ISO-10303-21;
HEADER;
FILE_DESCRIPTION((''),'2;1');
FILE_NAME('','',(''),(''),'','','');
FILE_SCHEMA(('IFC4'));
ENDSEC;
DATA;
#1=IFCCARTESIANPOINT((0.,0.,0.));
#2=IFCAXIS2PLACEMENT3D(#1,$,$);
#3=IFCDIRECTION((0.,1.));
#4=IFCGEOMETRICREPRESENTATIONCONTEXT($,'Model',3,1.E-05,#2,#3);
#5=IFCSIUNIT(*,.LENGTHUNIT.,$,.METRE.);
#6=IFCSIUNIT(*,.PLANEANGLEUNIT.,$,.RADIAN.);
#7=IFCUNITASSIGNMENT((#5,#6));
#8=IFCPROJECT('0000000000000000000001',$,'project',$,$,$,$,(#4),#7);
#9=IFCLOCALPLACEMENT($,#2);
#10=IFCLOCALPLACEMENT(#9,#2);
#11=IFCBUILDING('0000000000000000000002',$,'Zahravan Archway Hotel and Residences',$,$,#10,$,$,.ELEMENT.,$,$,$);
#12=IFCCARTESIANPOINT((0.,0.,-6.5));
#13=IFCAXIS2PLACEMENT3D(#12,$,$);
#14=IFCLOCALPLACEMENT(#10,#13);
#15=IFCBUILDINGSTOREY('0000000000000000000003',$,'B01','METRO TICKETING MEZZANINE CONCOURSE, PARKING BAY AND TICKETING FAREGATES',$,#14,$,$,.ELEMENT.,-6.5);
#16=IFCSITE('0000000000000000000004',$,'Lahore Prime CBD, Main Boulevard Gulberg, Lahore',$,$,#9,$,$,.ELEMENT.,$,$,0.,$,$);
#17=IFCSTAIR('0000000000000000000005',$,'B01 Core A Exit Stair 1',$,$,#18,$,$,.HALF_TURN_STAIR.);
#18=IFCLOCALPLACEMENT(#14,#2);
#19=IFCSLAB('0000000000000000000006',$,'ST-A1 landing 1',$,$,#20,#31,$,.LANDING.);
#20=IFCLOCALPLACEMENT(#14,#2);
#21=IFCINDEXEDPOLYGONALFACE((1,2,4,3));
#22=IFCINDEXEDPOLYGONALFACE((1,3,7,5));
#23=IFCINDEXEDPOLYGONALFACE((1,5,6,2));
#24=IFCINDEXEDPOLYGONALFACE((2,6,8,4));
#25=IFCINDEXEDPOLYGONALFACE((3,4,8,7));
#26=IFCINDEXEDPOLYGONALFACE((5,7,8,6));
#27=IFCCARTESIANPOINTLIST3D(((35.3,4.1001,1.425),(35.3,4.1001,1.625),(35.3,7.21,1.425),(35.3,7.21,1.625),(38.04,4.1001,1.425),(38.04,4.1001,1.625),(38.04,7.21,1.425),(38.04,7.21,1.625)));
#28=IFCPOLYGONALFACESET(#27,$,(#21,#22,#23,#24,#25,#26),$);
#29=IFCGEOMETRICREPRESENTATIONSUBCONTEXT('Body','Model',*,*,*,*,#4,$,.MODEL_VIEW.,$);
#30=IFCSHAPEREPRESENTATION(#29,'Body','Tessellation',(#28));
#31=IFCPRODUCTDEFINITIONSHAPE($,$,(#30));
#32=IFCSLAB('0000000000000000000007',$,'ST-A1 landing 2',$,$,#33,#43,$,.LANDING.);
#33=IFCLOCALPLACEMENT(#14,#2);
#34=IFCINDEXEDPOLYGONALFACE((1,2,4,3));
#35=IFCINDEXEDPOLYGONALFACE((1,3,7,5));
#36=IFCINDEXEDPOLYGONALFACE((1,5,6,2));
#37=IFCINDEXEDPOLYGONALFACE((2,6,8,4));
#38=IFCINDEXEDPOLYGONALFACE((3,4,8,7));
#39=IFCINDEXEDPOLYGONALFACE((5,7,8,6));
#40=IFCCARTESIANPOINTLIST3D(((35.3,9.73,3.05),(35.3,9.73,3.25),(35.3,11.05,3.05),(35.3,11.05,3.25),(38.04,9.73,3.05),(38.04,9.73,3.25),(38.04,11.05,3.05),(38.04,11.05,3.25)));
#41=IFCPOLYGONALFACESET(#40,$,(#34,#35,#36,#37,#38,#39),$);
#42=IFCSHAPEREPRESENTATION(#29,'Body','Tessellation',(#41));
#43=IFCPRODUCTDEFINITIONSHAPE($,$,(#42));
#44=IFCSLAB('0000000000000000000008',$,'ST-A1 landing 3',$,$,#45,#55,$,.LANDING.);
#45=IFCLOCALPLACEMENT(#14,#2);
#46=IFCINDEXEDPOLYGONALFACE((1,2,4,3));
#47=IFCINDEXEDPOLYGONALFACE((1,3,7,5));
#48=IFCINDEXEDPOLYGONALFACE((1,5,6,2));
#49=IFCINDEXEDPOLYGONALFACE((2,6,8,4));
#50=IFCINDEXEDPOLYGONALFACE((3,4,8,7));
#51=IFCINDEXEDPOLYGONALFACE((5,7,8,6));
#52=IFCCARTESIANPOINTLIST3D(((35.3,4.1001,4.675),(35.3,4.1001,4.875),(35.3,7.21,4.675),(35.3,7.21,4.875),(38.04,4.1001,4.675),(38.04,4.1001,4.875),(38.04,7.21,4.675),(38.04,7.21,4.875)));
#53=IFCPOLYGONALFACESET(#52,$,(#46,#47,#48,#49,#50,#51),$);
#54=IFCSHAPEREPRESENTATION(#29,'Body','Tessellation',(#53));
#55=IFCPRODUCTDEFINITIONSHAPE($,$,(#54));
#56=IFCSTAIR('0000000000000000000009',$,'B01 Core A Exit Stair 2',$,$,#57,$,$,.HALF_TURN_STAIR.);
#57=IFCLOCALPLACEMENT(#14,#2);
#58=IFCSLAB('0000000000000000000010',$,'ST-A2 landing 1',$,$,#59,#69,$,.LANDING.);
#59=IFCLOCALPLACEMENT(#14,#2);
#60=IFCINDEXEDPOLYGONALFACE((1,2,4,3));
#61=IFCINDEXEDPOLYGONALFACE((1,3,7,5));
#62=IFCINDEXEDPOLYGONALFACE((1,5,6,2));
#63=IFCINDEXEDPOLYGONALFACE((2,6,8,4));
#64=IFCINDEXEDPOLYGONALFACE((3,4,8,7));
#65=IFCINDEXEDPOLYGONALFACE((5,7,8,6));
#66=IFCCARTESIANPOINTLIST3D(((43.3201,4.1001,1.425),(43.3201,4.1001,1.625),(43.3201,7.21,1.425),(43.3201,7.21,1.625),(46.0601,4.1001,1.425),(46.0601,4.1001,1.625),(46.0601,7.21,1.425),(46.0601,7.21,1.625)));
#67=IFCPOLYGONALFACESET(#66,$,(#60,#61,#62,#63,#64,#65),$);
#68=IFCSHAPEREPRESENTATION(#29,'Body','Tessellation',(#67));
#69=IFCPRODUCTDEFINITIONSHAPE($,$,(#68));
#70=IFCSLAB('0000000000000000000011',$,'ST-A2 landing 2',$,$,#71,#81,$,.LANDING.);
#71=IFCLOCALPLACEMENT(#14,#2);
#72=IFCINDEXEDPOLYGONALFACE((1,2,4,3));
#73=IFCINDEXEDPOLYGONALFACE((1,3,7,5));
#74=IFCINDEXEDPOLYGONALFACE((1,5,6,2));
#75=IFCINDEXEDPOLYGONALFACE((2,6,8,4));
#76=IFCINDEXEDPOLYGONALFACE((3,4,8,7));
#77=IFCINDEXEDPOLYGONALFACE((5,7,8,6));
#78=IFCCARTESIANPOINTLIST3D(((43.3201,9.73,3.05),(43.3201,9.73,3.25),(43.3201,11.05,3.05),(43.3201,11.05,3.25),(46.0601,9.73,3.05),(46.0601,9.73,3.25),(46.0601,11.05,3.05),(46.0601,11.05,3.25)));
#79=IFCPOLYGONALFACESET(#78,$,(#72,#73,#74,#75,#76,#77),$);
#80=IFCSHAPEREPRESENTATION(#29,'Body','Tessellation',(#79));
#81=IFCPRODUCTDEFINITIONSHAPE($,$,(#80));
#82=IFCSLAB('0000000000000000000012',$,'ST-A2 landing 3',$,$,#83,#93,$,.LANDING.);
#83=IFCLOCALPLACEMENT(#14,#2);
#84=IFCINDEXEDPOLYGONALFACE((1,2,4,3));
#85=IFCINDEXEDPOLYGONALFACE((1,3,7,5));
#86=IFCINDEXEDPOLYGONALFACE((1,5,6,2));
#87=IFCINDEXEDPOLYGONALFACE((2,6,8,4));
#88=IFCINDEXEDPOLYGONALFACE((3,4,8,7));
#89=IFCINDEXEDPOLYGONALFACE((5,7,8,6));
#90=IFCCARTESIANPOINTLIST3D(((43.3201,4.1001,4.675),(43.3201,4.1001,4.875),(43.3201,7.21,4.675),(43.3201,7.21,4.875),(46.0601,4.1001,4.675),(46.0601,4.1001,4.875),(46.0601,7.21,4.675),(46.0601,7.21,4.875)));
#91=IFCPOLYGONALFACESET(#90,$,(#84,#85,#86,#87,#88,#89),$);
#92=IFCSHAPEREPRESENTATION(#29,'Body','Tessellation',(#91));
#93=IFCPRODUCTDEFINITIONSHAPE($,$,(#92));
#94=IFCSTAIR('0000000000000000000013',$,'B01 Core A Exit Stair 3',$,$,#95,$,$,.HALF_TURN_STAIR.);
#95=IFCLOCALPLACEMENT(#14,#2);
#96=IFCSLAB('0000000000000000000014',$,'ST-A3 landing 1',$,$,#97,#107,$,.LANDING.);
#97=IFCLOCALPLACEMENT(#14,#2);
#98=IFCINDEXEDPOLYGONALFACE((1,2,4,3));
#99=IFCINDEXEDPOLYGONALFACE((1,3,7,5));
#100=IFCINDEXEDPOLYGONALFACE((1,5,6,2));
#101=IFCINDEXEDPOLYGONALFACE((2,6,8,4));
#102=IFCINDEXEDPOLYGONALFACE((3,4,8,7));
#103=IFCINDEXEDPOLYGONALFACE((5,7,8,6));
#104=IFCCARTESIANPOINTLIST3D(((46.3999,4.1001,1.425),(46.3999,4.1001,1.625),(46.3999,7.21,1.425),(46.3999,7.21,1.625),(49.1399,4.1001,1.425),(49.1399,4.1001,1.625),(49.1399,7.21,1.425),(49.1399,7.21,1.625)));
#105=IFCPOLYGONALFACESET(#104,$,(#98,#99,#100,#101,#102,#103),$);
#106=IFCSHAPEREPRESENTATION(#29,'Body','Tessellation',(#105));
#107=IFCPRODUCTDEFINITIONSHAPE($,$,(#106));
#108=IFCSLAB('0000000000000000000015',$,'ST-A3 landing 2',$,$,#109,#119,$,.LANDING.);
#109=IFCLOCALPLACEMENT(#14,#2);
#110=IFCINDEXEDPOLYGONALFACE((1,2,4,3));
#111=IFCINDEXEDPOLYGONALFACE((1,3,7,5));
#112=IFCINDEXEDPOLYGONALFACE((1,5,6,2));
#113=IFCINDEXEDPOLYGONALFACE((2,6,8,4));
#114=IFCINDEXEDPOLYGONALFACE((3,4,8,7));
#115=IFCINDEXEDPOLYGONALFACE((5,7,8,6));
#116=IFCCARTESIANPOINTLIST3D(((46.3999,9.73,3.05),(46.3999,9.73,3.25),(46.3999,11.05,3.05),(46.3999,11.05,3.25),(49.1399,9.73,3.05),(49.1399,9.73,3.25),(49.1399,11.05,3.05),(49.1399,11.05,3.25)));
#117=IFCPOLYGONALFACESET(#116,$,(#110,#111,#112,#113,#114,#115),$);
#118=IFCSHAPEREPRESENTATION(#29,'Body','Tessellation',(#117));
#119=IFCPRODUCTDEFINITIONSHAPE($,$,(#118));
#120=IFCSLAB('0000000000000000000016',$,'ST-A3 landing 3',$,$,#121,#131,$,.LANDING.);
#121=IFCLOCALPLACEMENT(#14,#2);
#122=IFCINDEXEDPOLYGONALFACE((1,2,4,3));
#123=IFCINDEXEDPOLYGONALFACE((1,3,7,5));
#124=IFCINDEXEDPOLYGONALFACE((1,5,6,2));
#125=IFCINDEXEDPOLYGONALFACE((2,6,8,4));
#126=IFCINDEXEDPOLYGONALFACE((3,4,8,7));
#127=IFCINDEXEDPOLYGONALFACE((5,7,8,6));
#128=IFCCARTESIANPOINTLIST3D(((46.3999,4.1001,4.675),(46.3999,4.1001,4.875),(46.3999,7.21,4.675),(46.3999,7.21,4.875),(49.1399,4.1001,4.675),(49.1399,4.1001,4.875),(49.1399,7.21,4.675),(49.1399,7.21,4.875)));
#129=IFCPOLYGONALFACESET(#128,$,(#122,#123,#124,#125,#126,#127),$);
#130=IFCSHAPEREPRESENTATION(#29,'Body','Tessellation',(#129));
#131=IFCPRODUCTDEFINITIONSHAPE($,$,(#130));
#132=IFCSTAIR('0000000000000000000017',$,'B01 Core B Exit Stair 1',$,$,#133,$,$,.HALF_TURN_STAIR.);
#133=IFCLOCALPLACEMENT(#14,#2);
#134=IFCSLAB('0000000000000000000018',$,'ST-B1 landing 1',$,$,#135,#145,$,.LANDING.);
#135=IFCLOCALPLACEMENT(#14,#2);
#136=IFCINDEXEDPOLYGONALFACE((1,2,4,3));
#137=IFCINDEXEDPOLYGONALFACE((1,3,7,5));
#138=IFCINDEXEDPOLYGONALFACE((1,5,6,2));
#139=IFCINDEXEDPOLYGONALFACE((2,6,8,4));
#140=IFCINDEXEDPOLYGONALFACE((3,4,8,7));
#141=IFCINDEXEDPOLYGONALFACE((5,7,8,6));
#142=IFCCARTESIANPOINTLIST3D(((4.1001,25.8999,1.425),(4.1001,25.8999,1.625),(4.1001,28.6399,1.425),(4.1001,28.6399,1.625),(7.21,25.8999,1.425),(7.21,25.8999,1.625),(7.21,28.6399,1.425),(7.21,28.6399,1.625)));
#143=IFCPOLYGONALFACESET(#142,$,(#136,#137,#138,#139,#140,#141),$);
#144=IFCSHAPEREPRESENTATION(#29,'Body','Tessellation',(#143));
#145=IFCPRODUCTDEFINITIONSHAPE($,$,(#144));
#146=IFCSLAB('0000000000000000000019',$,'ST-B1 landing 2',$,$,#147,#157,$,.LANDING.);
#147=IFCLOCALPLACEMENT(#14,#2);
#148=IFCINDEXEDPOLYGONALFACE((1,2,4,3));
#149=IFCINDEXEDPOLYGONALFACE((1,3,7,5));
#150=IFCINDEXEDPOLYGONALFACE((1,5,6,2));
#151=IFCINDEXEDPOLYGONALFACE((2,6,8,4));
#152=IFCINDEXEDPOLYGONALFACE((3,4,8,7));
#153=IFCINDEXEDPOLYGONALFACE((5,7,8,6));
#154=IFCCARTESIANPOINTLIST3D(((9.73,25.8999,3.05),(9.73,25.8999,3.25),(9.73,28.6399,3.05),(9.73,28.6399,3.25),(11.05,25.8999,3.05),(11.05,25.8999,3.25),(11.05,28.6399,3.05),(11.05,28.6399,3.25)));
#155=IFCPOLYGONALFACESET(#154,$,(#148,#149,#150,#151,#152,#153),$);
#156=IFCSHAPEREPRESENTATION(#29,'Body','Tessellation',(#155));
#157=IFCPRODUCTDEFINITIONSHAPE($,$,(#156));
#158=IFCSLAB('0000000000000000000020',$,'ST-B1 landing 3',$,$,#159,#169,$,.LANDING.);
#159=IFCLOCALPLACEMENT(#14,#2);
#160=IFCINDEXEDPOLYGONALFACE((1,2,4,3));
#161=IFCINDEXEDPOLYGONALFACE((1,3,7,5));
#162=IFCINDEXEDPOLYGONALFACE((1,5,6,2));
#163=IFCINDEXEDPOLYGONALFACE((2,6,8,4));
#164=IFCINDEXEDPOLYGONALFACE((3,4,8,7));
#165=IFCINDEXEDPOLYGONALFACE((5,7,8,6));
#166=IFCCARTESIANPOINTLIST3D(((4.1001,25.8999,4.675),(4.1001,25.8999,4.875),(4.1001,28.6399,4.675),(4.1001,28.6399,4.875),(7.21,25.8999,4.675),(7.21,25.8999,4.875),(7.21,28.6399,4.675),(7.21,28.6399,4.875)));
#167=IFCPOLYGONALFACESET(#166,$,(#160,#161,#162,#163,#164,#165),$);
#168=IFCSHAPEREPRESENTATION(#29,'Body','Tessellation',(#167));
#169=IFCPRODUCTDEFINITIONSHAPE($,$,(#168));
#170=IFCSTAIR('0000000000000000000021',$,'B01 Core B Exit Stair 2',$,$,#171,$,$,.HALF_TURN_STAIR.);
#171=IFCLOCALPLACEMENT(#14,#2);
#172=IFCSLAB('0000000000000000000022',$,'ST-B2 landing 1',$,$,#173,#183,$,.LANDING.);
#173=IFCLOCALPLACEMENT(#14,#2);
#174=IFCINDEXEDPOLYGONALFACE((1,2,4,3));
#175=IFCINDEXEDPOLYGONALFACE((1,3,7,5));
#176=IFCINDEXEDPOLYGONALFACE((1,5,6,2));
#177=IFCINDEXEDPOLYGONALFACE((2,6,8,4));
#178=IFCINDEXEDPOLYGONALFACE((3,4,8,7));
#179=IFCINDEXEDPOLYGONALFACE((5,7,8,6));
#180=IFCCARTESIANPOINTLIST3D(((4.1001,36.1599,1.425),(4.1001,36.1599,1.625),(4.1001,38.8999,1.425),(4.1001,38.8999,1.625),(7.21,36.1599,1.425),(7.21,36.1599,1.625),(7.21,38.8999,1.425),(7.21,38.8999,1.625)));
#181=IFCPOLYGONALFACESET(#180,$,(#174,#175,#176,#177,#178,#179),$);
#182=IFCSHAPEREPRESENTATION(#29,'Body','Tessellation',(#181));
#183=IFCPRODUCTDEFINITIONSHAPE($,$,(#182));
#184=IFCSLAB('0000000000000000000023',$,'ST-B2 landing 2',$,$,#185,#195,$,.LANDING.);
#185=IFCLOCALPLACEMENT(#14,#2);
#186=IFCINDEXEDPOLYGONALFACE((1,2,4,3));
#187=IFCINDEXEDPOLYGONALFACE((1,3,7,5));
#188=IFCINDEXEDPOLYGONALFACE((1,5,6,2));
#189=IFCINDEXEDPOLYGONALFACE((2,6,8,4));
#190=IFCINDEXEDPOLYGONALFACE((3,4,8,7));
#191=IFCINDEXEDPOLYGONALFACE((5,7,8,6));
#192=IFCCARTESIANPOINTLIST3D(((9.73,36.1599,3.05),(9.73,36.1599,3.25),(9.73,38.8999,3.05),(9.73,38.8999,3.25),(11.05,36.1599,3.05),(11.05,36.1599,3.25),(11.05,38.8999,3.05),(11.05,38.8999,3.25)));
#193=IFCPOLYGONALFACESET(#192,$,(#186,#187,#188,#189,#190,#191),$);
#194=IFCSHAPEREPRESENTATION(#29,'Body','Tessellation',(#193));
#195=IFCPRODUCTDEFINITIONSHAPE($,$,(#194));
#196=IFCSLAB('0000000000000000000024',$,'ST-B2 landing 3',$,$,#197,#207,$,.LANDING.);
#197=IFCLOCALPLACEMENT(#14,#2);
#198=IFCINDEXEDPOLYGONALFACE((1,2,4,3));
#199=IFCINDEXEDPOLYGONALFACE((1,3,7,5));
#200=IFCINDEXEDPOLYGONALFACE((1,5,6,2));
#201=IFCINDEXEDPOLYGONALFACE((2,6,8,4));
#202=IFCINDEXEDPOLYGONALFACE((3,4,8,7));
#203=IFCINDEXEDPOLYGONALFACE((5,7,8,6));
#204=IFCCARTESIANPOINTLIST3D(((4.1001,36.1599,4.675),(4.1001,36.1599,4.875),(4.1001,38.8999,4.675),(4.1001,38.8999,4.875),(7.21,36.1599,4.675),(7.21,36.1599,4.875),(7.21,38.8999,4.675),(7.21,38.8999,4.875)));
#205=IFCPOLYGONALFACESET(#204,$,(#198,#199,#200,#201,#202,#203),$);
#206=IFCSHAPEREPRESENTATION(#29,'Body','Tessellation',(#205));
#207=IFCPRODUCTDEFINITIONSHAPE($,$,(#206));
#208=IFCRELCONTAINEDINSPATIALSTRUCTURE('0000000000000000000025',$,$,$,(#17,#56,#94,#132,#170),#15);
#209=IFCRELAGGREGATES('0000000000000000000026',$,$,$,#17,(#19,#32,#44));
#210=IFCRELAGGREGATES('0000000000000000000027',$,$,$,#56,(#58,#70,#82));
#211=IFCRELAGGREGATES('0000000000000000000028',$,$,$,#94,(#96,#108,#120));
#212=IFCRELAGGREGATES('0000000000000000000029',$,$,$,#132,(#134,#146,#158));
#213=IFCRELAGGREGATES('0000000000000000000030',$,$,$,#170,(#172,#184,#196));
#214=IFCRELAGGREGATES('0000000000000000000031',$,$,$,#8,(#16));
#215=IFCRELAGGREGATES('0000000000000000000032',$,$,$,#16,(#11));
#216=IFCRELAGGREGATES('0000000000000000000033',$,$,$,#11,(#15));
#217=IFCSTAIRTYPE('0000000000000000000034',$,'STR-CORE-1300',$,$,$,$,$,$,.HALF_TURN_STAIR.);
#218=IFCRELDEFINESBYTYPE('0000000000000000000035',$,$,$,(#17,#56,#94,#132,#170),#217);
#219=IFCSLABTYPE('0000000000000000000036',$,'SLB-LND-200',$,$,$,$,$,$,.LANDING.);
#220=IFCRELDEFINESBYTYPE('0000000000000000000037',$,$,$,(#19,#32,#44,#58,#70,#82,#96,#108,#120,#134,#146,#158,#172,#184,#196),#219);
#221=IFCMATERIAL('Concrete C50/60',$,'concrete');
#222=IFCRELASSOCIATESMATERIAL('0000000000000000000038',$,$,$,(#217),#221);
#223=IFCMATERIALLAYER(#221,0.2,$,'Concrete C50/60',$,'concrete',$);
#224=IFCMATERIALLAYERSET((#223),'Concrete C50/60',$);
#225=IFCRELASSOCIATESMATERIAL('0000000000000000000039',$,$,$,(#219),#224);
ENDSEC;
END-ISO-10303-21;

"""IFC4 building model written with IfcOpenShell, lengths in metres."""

from ifc_helpers import new_model, si_unit, direction, frame, origin, place, context, subcontext, project, spatial, polyline, outline, extrude, material, layer, layer_set, type_object, element, aggregate, save


model = new_model("IFC4")

# Units and contexts
model_context = context("Model", 3, precision=1e-05, world=origin(), true_north=direction((0.0, 1.0)))
body_context = subcontext(model_context, "Body", "Model", "MODEL_VIEW")
ifc_project = project(units=[si_unit("LENGTHUNIT", "METRE"), si_unit("PLANEANGLEUNIT", "RADIAN")], contexts=[model_context])

# Site, building, storey
site_placement = place(None, origin())
site = spatial("IfcSite", under=ifc_project, at=site_placement, Name="Lahore Prime CBD, Main Boulevard Gulberg, Lahore", CompositionType="ELEMENT", RefElevation=0.0)
building_placement = place(site_placement, origin())
building = spatial("IfcBuilding", under=site, at=building_placement, Name="Zahravan Archway Hotel and Residences", CompositionType="ELEMENT")
storey_placement = place(building_placement, frame((0.0, 0.0, -6.5)))
storey = spatial("IfcBuildingStorey", under=building, at=storey_placement, Name="B01", Description="METRO TICKETING MEZZANINE CONCOURSE, PARKING BAY AND TICKETING FAREGATES", CompositionType="ELEMENT", Elevation=-6.5)

# Shared definitions
ifc_material_1 = material(Name="Concrete C50/60", Category="concrete")

# Stairs, slabs
stair_type = type_object("IfcStairType", Name="STR-CORE-1300", PredefinedType="HALF_TURN_STAIR", material=ifc_material_1)
stair_1_placement = place(storey_placement, origin())
stair_1 = element("IfcStair", 1, at=stair_1_placement, inside=storey, type_object=stair_type, Name="B01 Core A Exit Stair 1", PredefinedType="HALF_TURN_STAIR")
ifc_layer_1 = layer(ifc_material_1, 0.2, Name="Concrete C50/60", Category="concrete")
ifc_layer_set_1 = layer_set([ifc_layer_1], Name="Concrete C50/60")
slab_type_1 = type_object("IfcSlabType", Name="SLB-LND-200", PredefinedType="LANDING", material=ifc_layer_set_1)
slab_1_placement = place(storey_placement, frame((0.0, 0.0, 1.425)))
slab_1 = element("IfcSlab", 2, at=slab_1_placement, type_object=slab_type_1, Name="ST-A1 landing 1", PredefinedType="LANDING", context=body_context, shape_type="SweptSolid", body=[
    extrude(outline(polyline([(35.3, 7.21), (35.3, 4.1001), (38.04, 4.1001), (38.04, 7.21), (35.3, 7.21)])), origin(), (0.0, 0.0, 1.0), 0.2),
])
slab_2_placement = place(storey_placement, frame((0.0, 0.0, 3.05)))
slab_2 = element("IfcSlab", 3, at=slab_2_placement, type_object=slab_type_1, Name="ST-A1 landing 2", PredefinedType="LANDING", context=body_context, shape_type="SweptSolid", body=[
    extrude(outline(polyline([(35.3, 11.05), (35.3, 9.73), (38.04, 9.73), (38.04, 11.05), (35.3, 11.05)])), origin(), (0.0, 0.0, 1.0), 0.2),
])
slab_3_placement = place(storey_placement, frame((0.0, 0.0, 4.675)))
slab_3 = element("IfcSlab", 4, at=slab_3_placement, type_object=slab_type_1, Name="ST-A1 landing 3", PredefinedType="LANDING", context=body_context, shape_type="SweptSolid", body=[
    extrude(outline(polyline([(35.3, 7.21), (35.3, 4.1001), (38.04, 4.1001), (38.04, 7.21), (35.3, 7.21)])), origin(), (0.0, 0.0, 1.0), 0.2),
])
aggregate(stair_1, [slab_1, slab_2, slab_3])
stair_2_placement = place(storey_placement, origin())
stair_2 = element("IfcStair", 5, at=stair_2_placement, inside=storey, type_object=stair_type, Name="B01 Core A Exit Stair 2", PredefinedType="HALF_TURN_STAIR")
slab_4_placement = place(storey_placement, frame((0.0, 0.0, 1.425)))
slab_4 = element("IfcSlab", 6, at=slab_4_placement, type_object=slab_type_1, Name="ST-A2 landing 1", PredefinedType="LANDING", context=body_context, shape_type="SweptSolid", body=[
    extrude(outline(polyline([(43.3201, 7.21), (43.3201, 4.1001), (46.0601, 4.1001), (46.0601, 7.21), (43.3201, 7.21)])), origin(), (0.0, 0.0, 1.0), 0.2),
])
slab_5_placement = place(storey_placement, frame((0.0, 0.0, 3.05)))
slab_5 = element("IfcSlab", 7, at=slab_5_placement, type_object=slab_type_1, Name="ST-A2 landing 2", PredefinedType="LANDING", context=body_context, shape_type="SweptSolid", body=[
    extrude(outline(polyline([(43.3201, 11.05), (43.3201, 9.73), (46.0601, 9.73), (46.0601, 11.05), (43.3201, 11.05)])), origin(), (0.0, 0.0, 1.0), 0.2),
])
slab_6_placement = place(storey_placement, frame((0.0, 0.0, 4.675)))
slab_6 = element("IfcSlab", 8, at=slab_6_placement, type_object=slab_type_1, Name="ST-A2 landing 3", PredefinedType="LANDING", context=body_context, shape_type="SweptSolid", body=[
    extrude(outline(polyline([(43.3201, 7.21), (43.3201, 4.1001), (46.0601, 4.1001), (46.0601, 7.21), (43.3201, 7.21)])), origin(), (0.0, 0.0, 1.0), 0.2),
])
aggregate(stair_2, [slab_4, slab_5, slab_6])
stair_3_placement = place(storey_placement, origin())
stair_3 = element("IfcStair", 9, at=stair_3_placement, inside=storey, type_object=stair_type, Name="B01 Core A Exit Stair 3", PredefinedType="HALF_TURN_STAIR")
slab_7_placement = place(storey_placement, frame((0.0, 0.0, 1.425)))
slab_7 = element("IfcSlab", 10, at=slab_7_placement, type_object=slab_type_1, Name="ST-A3 landing 1", PredefinedType="LANDING", context=body_context, shape_type="SweptSolid", body=[
    extrude(outline(polyline([(46.3999, 7.21), (46.3999, 4.1001), (49.1399, 4.1001), (49.1399, 7.21), (46.3999, 7.21)])), origin(), (0.0, 0.0, 1.0), 0.2),
])
slab_8_placement = place(storey_placement, frame((0.0, 0.0, 3.05)))
slab_8 = element("IfcSlab", 11, at=slab_8_placement, type_object=slab_type_1, Name="ST-A3 landing 2", PredefinedType="LANDING", context=body_context, shape_type="SweptSolid", body=[
    extrude(outline(polyline([(46.3999, 11.05), (46.3999, 9.73), (49.1399, 9.73), (49.1399, 11.05), (46.3999, 11.05)])), origin(), (0.0, 0.0, 1.0), 0.2),
])
slab_9_placement = place(storey_placement, frame((0.0, 0.0, 4.675)))
slab_9 = element("IfcSlab", 12, at=slab_9_placement, type_object=slab_type_1, Name="ST-A3 landing 3", PredefinedType="LANDING", context=body_context, shape_type="SweptSolid", body=[
    extrude(outline(polyline([(46.3999, 7.21), (46.3999, 4.1001), (49.1399, 4.1001), (49.1399, 7.21), (46.3999, 7.21)])), origin(), (0.0, 0.0, 1.0), 0.2),
])
aggregate(stair_3, [slab_7, slab_8, slab_9])
stair_4_placement = place(storey_placement, origin())
stair_4 = element("IfcStair", 13, at=stair_4_placement, inside=storey, type_object=stair_type, Name="B01 Core B Exit Stair 1", PredefinedType="HALF_TURN_STAIR")
slab_10_placement = place(storey_placement, frame((0.0, 0.0, 1.425)))
slab_10 = element("IfcSlab", 14, at=slab_10_placement, type_object=slab_type_1, Name="ST-B1 landing 1", PredefinedType="LANDING", context=body_context, shape_type="SweptSolid", body=[
    extrude(outline(polyline([(7.21, 28.6399), (4.1001, 28.6399), (4.1001, 25.8999), (7.21, 25.8999), (7.21, 28.6399)])), origin(), (0.0, 0.0, 1.0), 0.2),
])
slab_11_placement = place(storey_placement, frame((0.0, 0.0, 3.05)))
slab_11 = element("IfcSlab", 15, at=slab_11_placement, type_object=slab_type_1, Name="ST-B1 landing 2", PredefinedType="LANDING", context=body_context, shape_type="SweptSolid", body=[
    extrude(outline(polyline([(11.05, 28.6399), (9.73, 28.6399), (9.73, 25.8999), (11.05, 25.8999), (11.05, 28.6399)])), origin(), (0.0, 0.0, 1.0), 0.2),
])
slab_12_placement = place(storey_placement, frame((0.0, 0.0, 4.675)))
slab_12 = element("IfcSlab", 16, at=slab_12_placement, type_object=slab_type_1, Name="ST-B1 landing 3", PredefinedType="LANDING", context=body_context, shape_type="SweptSolid", body=[
    extrude(outline(polyline([(7.21, 28.6399), (4.1001, 28.6399), (4.1001, 25.8999), (7.21, 25.8999), (7.21, 28.6399)])), origin(), (0.0, 0.0, 1.0), 0.2),
])
aggregate(stair_4, [slab_10, slab_11, slab_12])
stair_5_placement = place(storey_placement, origin())
stair_5 = element("IfcStair", 17, at=stair_5_placement, inside=storey, type_object=stair_type, Name="B01 Core B Exit Stair 2", PredefinedType="HALF_TURN_STAIR")
slab_13_placement = place(storey_placement, frame((0.0, 0.0, 1.425)))
slab_13 = element("IfcSlab", 18, at=slab_13_placement, type_object=slab_type_1, Name="ST-B2 landing 1", PredefinedType="LANDING", context=body_context, shape_type="SweptSolid", body=[
    extrude(outline(polyline([(7.21, 38.8999), (4.1001, 38.8999), (4.1001, 36.1599), (7.21, 36.1599), (7.21, 38.8999)])), origin(), (0.0, 0.0, 1.0), 0.2),
])
slab_14_placement = place(storey_placement, frame((0.0, 0.0, 3.05)))
slab_14 = element("IfcSlab", 19, at=slab_14_placement, type_object=slab_type_1, Name="ST-B2 landing 2", PredefinedType="LANDING", context=body_context, shape_type="SweptSolid", body=[
    extrude(outline(polyline([(11.05, 38.8999), (9.73, 38.8999), (9.73, 36.1599), (11.05, 36.1599), (11.05, 38.8999)])), origin(), (0.0, 0.0, 1.0), 0.2),
])
slab_15_placement = place(storey_placement, frame((0.0, 0.0, 4.675)))
slab_15 = element("IfcSlab", 20, at=slab_15_placement, type_object=slab_type_1, Name="ST-B2 landing 3", PredefinedType="LANDING", context=body_context, shape_type="SweptSolid", body=[
    extrude(outline(polyline([(7.21, 38.8999), (4.1001, 38.8999), (4.1001, 36.1599), (7.21, 36.1599), (7.21, 38.8999)])), origin(), (0.0, 0.0, 1.0), 0.2),
])
aggregate(stair_5, [slab_13, slab_14, slab_15])

save(model, "model.ifc")
